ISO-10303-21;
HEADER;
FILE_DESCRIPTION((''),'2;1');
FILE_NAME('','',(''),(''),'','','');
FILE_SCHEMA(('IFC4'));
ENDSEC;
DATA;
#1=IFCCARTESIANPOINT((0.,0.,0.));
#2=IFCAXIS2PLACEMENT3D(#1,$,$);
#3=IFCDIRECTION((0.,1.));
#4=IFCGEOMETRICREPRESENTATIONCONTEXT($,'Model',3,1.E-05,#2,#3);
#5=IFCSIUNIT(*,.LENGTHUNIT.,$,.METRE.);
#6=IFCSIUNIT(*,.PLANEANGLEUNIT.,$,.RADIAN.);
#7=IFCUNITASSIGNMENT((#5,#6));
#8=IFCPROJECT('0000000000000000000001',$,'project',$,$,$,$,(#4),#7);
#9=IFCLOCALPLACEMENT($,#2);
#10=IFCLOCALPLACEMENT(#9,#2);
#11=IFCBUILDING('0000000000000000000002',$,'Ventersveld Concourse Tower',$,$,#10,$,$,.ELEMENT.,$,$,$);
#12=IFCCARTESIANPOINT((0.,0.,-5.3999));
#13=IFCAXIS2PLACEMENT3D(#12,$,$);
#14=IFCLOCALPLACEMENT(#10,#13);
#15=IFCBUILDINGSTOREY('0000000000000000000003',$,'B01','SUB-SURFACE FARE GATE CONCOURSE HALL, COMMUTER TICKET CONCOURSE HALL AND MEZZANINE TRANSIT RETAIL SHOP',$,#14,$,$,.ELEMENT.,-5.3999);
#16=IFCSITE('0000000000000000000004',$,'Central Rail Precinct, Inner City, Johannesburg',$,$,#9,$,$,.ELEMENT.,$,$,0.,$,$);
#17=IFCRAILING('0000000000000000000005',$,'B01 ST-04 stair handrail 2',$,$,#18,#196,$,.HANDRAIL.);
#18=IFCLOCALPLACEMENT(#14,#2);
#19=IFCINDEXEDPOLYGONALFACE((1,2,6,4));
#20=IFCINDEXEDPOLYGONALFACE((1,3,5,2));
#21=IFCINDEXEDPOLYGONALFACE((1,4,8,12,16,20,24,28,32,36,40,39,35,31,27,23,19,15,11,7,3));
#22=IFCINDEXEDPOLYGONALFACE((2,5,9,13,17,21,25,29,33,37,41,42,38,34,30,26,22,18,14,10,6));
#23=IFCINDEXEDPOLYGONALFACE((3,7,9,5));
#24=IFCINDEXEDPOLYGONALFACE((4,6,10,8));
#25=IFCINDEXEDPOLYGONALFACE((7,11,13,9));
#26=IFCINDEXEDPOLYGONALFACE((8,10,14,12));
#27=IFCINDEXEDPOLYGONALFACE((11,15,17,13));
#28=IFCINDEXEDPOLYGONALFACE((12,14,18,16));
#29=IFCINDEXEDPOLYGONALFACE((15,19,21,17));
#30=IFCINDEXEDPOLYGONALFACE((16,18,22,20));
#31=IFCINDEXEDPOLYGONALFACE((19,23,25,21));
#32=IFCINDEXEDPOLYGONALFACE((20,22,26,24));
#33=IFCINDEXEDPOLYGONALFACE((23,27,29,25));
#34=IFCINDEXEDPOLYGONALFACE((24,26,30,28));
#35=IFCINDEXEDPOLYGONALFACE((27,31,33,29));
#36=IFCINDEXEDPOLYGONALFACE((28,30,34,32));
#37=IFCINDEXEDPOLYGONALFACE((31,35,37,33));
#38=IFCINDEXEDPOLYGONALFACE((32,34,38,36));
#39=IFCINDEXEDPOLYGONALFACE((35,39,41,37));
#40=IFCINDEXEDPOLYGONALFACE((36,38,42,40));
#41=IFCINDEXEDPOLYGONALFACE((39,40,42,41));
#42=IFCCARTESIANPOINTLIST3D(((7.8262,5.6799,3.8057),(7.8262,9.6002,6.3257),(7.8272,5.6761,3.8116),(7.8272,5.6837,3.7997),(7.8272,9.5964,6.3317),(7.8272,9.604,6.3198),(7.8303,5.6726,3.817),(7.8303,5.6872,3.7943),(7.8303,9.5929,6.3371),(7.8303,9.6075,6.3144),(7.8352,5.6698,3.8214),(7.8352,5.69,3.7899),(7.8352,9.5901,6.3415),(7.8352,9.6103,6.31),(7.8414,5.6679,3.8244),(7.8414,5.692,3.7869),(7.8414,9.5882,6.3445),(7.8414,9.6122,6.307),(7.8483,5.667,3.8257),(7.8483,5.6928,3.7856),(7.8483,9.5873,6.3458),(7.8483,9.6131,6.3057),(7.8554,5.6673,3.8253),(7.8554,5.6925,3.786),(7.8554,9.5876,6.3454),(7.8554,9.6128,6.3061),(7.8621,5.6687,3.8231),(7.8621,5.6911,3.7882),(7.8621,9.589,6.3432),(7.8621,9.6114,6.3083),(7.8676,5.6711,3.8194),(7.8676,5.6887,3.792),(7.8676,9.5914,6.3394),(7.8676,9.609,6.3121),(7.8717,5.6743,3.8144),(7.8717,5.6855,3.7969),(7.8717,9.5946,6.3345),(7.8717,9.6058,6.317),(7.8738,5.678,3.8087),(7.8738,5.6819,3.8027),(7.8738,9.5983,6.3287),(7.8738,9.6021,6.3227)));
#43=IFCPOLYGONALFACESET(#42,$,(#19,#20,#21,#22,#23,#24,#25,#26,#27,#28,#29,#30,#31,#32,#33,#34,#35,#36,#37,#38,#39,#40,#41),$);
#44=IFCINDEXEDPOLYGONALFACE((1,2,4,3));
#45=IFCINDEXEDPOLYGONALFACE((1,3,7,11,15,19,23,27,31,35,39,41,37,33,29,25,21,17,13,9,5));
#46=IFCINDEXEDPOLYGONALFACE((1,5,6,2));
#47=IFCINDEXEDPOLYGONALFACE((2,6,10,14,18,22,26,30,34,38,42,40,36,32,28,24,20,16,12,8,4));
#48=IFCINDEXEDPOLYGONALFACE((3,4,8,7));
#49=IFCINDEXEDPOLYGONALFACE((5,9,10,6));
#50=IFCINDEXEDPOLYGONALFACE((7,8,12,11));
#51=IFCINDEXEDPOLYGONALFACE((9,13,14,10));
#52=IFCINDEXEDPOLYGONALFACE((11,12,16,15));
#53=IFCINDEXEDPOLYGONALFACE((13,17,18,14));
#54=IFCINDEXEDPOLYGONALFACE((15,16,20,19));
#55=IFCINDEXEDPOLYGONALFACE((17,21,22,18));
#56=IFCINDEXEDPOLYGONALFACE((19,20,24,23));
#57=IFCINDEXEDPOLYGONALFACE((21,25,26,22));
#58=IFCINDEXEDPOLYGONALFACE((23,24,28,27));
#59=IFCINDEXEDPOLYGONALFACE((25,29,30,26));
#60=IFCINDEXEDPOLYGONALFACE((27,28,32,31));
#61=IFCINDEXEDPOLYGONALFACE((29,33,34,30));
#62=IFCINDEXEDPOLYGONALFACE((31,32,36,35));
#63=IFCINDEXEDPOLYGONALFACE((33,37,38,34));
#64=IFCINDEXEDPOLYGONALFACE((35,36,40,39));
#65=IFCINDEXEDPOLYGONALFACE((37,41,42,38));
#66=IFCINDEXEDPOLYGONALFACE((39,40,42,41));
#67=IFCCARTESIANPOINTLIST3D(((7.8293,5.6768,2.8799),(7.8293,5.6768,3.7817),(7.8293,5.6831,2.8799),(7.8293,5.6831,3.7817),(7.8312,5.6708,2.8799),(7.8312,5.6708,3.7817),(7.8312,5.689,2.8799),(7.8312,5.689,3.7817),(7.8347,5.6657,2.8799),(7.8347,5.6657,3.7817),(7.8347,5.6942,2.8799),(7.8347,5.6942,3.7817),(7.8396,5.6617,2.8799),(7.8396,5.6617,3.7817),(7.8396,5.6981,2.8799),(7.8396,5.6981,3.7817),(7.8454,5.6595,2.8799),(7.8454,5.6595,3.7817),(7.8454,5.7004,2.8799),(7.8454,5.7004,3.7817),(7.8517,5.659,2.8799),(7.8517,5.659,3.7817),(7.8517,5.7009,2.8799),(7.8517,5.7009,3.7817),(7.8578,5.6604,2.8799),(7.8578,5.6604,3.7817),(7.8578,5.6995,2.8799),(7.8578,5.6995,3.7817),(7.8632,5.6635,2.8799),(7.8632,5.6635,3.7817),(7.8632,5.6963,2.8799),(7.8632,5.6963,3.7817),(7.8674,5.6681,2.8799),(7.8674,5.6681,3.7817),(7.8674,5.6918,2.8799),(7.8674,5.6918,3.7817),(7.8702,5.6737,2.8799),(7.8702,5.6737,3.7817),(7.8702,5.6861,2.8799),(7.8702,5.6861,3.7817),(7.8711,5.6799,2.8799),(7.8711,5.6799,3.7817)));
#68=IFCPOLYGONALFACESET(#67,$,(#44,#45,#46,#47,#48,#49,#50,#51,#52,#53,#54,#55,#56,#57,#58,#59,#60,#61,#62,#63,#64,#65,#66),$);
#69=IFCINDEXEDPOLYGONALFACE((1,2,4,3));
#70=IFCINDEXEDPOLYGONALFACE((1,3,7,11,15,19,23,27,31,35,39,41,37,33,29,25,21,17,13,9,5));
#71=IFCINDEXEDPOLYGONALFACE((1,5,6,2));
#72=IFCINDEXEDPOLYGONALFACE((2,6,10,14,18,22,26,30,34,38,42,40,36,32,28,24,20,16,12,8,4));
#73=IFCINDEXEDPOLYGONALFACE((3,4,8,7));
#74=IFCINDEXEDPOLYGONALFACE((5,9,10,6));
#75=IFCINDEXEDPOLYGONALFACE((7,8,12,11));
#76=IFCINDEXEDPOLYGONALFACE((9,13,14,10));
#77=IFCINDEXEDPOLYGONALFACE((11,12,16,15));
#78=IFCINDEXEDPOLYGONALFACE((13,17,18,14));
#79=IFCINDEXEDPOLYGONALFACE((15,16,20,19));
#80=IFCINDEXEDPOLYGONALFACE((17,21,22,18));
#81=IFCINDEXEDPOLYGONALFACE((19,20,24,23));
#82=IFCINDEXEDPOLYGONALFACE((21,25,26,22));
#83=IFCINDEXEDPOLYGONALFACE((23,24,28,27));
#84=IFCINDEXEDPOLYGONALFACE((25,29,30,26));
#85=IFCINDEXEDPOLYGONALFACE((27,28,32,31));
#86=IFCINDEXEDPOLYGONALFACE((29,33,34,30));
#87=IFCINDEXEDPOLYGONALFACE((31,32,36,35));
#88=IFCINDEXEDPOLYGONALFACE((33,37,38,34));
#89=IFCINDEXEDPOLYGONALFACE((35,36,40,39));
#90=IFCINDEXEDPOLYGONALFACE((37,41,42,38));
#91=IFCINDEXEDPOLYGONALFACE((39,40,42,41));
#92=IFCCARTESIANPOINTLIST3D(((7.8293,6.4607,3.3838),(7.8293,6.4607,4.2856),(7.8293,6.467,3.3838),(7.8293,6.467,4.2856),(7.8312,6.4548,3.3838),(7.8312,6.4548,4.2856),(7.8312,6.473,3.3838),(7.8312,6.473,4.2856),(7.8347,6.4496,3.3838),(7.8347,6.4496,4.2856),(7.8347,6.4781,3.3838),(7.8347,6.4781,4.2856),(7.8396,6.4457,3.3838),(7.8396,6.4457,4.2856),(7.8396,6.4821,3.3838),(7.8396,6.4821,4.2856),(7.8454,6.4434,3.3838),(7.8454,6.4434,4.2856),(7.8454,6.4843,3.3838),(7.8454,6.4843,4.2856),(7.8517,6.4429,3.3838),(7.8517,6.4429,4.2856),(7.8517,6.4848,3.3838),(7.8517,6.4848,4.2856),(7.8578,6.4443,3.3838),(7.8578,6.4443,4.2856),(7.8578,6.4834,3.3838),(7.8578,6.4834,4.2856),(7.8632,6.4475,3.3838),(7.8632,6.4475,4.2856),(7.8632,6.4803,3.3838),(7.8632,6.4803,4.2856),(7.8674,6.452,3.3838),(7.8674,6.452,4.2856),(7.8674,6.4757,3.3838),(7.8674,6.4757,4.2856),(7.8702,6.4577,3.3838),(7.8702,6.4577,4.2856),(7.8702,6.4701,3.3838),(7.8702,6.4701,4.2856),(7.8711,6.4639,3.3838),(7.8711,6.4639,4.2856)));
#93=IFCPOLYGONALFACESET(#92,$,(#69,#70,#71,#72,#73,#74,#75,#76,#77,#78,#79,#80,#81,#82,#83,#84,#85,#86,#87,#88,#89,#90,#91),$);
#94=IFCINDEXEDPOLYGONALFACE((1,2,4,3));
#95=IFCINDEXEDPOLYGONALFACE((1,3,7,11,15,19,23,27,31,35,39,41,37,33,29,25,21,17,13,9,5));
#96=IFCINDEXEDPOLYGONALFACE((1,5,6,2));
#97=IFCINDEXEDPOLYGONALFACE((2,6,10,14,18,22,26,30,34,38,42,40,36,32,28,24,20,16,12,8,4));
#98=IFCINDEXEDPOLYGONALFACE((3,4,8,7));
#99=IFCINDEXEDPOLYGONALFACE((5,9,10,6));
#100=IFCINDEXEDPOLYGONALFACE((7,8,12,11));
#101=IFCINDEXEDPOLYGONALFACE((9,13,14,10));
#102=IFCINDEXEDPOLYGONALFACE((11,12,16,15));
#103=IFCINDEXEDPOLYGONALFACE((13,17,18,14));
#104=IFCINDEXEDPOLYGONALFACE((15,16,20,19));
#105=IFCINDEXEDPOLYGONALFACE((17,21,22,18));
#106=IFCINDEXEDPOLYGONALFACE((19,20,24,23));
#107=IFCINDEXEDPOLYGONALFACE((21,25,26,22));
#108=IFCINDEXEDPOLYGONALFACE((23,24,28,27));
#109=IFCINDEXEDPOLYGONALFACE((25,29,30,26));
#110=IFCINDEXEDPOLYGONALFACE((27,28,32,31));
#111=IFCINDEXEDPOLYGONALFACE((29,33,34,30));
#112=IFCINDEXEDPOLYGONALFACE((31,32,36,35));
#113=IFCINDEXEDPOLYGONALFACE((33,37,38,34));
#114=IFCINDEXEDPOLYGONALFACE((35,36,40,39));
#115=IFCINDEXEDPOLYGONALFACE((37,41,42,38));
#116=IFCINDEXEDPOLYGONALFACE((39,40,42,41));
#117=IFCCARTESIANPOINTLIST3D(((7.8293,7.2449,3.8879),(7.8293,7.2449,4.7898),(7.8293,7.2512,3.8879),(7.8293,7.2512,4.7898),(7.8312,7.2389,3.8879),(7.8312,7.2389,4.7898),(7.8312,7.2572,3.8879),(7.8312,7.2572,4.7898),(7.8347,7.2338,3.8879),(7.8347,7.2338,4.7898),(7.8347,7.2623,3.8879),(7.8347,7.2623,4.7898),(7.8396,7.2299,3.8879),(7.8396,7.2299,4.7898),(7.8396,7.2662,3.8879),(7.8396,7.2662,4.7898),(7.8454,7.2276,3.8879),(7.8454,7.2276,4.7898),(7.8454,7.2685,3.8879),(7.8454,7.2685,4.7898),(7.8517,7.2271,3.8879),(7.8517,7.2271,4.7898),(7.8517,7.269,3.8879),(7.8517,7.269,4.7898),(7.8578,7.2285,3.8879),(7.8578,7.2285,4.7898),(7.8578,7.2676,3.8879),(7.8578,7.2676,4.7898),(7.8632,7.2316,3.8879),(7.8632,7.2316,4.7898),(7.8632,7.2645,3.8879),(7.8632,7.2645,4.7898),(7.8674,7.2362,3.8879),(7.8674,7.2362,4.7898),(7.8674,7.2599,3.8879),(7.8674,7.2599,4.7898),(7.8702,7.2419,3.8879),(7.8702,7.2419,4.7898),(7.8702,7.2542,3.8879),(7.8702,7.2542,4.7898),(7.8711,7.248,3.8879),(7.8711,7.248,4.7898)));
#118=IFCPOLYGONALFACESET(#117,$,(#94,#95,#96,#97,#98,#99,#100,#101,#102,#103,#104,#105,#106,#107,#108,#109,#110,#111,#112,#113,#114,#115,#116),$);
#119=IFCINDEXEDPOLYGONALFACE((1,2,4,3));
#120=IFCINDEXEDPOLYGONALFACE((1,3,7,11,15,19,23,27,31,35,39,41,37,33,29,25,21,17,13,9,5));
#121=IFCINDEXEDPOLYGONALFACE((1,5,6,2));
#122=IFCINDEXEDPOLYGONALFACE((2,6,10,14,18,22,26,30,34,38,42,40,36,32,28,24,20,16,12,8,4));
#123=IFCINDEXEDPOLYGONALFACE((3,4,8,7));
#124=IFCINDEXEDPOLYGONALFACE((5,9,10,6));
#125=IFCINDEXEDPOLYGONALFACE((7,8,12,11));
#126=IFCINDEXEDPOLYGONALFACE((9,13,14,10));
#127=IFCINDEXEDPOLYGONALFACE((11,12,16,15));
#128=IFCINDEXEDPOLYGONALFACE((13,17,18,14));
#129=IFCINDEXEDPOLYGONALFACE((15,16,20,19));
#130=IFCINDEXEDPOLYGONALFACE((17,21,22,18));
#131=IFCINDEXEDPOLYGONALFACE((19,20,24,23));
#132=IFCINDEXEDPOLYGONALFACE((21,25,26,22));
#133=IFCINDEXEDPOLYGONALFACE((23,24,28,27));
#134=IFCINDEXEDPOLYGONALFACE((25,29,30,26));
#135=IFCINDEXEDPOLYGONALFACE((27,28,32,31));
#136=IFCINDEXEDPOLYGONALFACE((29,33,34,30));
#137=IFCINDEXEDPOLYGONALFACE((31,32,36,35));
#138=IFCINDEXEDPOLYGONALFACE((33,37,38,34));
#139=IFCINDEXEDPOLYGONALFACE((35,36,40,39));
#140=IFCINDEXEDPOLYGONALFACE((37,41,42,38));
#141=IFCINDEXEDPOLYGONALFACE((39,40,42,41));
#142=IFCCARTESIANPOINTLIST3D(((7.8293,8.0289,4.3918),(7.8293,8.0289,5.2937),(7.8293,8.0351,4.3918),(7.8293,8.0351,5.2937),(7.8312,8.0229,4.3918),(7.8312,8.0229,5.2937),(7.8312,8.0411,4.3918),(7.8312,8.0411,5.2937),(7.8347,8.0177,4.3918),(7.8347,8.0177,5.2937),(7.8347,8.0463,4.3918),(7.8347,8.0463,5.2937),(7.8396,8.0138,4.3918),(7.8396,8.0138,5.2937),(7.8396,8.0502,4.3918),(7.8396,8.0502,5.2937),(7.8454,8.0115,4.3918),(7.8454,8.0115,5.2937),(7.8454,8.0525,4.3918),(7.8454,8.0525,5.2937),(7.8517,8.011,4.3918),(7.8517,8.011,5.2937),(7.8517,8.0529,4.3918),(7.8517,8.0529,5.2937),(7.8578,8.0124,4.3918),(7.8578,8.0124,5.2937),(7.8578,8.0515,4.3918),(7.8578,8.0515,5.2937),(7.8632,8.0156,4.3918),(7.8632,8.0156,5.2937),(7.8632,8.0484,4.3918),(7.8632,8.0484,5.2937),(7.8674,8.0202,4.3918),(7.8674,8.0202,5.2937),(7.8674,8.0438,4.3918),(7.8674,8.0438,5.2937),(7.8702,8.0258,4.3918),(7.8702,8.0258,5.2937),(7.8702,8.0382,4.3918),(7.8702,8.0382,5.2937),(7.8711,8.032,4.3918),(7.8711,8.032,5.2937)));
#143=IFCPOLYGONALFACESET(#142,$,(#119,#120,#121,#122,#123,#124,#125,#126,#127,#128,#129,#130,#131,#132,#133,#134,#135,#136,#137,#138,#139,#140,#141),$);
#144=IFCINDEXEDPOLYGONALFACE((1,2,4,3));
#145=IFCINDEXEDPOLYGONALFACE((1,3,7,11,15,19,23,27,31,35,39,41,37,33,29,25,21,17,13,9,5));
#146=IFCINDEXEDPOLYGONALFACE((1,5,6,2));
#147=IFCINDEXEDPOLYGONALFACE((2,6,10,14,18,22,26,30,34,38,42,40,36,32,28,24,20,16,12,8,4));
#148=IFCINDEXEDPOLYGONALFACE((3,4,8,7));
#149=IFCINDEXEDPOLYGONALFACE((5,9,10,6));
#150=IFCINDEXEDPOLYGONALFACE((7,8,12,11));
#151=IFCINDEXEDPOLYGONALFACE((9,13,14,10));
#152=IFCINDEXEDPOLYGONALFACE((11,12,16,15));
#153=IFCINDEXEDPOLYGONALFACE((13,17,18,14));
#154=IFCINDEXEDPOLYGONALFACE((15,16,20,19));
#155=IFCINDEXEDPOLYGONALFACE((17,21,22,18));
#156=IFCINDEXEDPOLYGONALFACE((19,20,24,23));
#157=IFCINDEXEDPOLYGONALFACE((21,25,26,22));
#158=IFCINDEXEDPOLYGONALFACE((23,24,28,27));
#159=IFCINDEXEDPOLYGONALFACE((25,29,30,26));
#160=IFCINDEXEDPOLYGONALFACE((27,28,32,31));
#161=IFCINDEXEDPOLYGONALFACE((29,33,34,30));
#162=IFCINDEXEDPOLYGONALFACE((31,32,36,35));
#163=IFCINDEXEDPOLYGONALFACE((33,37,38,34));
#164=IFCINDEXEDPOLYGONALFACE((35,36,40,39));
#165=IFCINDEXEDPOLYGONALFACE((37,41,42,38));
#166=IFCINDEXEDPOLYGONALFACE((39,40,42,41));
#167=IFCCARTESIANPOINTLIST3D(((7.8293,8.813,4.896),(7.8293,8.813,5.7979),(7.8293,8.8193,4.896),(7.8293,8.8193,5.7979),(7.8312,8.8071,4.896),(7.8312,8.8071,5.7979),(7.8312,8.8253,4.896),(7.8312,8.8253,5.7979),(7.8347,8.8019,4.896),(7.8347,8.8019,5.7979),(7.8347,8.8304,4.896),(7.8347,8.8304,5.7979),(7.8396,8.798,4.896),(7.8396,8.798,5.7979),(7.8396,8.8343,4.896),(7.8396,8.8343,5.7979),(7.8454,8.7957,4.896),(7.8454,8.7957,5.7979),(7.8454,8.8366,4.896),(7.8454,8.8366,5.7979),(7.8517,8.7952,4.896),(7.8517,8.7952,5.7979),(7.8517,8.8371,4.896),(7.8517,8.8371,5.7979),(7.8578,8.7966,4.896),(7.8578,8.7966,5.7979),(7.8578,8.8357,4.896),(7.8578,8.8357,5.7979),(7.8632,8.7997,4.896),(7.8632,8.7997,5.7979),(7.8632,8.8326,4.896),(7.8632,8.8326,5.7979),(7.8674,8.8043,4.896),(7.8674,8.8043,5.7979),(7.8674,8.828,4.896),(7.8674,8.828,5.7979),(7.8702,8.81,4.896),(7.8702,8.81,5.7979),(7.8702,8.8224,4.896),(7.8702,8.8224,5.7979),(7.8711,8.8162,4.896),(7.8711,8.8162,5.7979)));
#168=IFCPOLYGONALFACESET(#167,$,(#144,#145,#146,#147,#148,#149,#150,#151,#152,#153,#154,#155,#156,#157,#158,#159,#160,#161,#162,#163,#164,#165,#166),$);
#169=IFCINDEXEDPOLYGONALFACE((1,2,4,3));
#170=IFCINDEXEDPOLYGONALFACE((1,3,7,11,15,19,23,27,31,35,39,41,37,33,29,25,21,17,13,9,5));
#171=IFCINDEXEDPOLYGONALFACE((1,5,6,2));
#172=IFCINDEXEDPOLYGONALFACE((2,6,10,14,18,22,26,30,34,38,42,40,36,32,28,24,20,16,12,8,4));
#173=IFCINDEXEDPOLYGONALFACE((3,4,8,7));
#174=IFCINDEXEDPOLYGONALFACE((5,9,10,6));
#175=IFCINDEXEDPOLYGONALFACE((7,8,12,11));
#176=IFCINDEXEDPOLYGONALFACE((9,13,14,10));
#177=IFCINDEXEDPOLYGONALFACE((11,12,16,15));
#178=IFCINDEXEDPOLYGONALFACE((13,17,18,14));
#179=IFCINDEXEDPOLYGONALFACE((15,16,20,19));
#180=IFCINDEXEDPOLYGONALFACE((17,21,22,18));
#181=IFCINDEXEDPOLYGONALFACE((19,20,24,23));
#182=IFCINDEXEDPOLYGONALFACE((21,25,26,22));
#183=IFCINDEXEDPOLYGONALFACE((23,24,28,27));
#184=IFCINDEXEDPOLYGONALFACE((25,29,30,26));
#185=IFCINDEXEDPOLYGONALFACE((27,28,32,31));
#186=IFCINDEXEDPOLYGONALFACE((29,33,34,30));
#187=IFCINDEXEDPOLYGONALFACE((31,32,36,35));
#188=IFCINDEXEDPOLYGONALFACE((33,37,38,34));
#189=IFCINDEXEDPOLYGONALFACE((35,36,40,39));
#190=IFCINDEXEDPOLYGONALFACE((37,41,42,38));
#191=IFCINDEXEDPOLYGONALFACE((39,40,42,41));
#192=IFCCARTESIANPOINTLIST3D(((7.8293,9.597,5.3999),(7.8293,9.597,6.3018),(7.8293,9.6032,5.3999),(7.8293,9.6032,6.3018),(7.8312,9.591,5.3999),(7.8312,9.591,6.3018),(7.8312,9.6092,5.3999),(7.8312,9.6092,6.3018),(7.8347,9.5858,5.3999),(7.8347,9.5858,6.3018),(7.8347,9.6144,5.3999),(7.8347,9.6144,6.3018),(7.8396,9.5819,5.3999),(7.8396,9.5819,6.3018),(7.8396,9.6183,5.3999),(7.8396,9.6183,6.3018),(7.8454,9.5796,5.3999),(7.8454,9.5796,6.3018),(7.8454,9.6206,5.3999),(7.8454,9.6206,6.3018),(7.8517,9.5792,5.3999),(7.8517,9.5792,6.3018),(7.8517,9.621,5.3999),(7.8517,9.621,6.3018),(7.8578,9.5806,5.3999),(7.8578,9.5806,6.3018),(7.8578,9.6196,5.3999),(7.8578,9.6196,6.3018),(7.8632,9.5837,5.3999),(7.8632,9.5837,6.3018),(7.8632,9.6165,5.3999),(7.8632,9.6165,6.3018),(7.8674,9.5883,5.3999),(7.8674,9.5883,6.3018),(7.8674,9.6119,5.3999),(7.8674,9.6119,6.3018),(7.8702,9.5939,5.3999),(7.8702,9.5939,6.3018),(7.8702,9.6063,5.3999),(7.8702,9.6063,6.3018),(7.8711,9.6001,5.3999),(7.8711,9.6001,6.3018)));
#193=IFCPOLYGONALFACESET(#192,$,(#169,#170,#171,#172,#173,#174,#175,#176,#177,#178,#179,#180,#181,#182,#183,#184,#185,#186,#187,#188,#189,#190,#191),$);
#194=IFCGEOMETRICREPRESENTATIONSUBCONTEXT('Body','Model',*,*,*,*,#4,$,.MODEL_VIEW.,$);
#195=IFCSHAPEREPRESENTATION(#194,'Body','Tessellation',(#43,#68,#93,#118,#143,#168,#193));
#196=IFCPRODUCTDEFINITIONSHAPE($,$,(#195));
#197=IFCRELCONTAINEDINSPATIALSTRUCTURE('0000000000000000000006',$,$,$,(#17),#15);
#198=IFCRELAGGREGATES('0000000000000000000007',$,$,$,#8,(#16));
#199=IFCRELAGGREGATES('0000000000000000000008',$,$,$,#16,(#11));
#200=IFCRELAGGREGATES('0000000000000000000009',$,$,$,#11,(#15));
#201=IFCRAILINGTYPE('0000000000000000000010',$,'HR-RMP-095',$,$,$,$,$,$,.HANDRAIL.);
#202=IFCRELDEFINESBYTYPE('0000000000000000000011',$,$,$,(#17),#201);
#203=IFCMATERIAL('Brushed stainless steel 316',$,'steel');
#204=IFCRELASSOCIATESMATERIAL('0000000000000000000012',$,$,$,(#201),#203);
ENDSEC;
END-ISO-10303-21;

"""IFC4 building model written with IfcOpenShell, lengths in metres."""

from ifc_helpers import new_model, si_unit, direction, frame, origin, origin_2d, place, context, subcontext, project, spatial, circle, extrude, material, type_object, element, save


model = new_model("IFC4")

# Units and contexts
model_context = context("Model", 3, precision=1e-05, world=origin(), true_north=direction((0.0, 1.0)))
body_context = subcontext(model_context, "Body", "Model", "MODEL_VIEW")
ifc_project = project(units=[si_unit("LENGTHUNIT", "METRE"), si_unit("PLANEANGLEUNIT", "RADIAN")], contexts=[model_context])

# Site, building, storey
site_placement = place(None, origin())
site = spatial("IfcSite", under=ifc_project, at=site_placement, Name="Central Rail Precinct, Inner City, Johannesburg", CompositionType="ELEMENT", RefElevation=0.0)
building_placement = place(site_placement, origin())
building = spatial("IfcBuilding", under=site, at=building_placement, Name="Ventersveld Concourse Tower", CompositionType="ELEMENT")
storey_placement = place(building_placement, frame((0.0, 0.0, -5.3999)))
storey = spatial("IfcBuildingStorey", under=building, at=storey_placement, Name="B01", Description="SUB-SURFACE FARE GATE CONCOURSE HALL, COMMUTER TICKET CONCOURSE HALL AND MEZZANINE TRANSIT RETAIL SHOP", CompositionType="ELEMENT", Elevation=-5.3999)

# Railing
ifc_material_1 = material(Name="Brushed stainless steel 316", Category="steel")
railing_type_1 = type_object("IfcRailingType", Name="HR-RMP-095", PredefinedType="HANDRAIL", material=ifc_material_1)
railing_1_placement = place(storey_placement, frame((7.8501, 5.6799, 2.8799)))
element("IfcRailing", 1, at=railing_1_placement, inside=storey, type_object=railing_type_1, Name="B01 ST-04 stair handrail 2", PredefinedType="HANDRAIL", context=body_context, shape_type="SweptSolid", body=[
    extrude(circle(Radius=0.0239, at=origin_2d()), frame((0.0, 0.0, 0.9258), z_axis=(0.0, 0.841187, 0.540744), x_axis=(-1.0, 0.0, 0.0)), (0.0, 0.0, 1.0), 4.6604),
    extrude(circle(Radius=0.021, at=origin_2d()), origin(), (0.0, 0.0, 1.0), 0.9019),
    extrude(circle(Radius=0.021, at=origin_2d()), frame((0.0, 0.7839, 0.5039)), (0.0, 0.0, 1.0), 0.9019),
    extrude(circle(Radius=0.021, at=origin_2d()), frame((0.0, 1.5681, 1.0081)), (0.0, 0.0, 1.0), 0.9019),
    extrude(circle(Radius=0.021, at=origin_2d()), frame((0.0, 2.3521, 1.512)), (0.0, 0.0, 1.0), 0.9019),
    extrude(circle(Radius=0.021, at=origin_2d()), frame((0.0, 3.1362, 2.0161)), (0.0, 0.0, 1.0), 0.9019),
    extrude(circle(Radius=0.021, at=origin_2d()), frame((0.0, 3.9202, 2.52)), (0.0, 0.0, 1.0), 0.9019),
])

save(model, "model.ifc")
